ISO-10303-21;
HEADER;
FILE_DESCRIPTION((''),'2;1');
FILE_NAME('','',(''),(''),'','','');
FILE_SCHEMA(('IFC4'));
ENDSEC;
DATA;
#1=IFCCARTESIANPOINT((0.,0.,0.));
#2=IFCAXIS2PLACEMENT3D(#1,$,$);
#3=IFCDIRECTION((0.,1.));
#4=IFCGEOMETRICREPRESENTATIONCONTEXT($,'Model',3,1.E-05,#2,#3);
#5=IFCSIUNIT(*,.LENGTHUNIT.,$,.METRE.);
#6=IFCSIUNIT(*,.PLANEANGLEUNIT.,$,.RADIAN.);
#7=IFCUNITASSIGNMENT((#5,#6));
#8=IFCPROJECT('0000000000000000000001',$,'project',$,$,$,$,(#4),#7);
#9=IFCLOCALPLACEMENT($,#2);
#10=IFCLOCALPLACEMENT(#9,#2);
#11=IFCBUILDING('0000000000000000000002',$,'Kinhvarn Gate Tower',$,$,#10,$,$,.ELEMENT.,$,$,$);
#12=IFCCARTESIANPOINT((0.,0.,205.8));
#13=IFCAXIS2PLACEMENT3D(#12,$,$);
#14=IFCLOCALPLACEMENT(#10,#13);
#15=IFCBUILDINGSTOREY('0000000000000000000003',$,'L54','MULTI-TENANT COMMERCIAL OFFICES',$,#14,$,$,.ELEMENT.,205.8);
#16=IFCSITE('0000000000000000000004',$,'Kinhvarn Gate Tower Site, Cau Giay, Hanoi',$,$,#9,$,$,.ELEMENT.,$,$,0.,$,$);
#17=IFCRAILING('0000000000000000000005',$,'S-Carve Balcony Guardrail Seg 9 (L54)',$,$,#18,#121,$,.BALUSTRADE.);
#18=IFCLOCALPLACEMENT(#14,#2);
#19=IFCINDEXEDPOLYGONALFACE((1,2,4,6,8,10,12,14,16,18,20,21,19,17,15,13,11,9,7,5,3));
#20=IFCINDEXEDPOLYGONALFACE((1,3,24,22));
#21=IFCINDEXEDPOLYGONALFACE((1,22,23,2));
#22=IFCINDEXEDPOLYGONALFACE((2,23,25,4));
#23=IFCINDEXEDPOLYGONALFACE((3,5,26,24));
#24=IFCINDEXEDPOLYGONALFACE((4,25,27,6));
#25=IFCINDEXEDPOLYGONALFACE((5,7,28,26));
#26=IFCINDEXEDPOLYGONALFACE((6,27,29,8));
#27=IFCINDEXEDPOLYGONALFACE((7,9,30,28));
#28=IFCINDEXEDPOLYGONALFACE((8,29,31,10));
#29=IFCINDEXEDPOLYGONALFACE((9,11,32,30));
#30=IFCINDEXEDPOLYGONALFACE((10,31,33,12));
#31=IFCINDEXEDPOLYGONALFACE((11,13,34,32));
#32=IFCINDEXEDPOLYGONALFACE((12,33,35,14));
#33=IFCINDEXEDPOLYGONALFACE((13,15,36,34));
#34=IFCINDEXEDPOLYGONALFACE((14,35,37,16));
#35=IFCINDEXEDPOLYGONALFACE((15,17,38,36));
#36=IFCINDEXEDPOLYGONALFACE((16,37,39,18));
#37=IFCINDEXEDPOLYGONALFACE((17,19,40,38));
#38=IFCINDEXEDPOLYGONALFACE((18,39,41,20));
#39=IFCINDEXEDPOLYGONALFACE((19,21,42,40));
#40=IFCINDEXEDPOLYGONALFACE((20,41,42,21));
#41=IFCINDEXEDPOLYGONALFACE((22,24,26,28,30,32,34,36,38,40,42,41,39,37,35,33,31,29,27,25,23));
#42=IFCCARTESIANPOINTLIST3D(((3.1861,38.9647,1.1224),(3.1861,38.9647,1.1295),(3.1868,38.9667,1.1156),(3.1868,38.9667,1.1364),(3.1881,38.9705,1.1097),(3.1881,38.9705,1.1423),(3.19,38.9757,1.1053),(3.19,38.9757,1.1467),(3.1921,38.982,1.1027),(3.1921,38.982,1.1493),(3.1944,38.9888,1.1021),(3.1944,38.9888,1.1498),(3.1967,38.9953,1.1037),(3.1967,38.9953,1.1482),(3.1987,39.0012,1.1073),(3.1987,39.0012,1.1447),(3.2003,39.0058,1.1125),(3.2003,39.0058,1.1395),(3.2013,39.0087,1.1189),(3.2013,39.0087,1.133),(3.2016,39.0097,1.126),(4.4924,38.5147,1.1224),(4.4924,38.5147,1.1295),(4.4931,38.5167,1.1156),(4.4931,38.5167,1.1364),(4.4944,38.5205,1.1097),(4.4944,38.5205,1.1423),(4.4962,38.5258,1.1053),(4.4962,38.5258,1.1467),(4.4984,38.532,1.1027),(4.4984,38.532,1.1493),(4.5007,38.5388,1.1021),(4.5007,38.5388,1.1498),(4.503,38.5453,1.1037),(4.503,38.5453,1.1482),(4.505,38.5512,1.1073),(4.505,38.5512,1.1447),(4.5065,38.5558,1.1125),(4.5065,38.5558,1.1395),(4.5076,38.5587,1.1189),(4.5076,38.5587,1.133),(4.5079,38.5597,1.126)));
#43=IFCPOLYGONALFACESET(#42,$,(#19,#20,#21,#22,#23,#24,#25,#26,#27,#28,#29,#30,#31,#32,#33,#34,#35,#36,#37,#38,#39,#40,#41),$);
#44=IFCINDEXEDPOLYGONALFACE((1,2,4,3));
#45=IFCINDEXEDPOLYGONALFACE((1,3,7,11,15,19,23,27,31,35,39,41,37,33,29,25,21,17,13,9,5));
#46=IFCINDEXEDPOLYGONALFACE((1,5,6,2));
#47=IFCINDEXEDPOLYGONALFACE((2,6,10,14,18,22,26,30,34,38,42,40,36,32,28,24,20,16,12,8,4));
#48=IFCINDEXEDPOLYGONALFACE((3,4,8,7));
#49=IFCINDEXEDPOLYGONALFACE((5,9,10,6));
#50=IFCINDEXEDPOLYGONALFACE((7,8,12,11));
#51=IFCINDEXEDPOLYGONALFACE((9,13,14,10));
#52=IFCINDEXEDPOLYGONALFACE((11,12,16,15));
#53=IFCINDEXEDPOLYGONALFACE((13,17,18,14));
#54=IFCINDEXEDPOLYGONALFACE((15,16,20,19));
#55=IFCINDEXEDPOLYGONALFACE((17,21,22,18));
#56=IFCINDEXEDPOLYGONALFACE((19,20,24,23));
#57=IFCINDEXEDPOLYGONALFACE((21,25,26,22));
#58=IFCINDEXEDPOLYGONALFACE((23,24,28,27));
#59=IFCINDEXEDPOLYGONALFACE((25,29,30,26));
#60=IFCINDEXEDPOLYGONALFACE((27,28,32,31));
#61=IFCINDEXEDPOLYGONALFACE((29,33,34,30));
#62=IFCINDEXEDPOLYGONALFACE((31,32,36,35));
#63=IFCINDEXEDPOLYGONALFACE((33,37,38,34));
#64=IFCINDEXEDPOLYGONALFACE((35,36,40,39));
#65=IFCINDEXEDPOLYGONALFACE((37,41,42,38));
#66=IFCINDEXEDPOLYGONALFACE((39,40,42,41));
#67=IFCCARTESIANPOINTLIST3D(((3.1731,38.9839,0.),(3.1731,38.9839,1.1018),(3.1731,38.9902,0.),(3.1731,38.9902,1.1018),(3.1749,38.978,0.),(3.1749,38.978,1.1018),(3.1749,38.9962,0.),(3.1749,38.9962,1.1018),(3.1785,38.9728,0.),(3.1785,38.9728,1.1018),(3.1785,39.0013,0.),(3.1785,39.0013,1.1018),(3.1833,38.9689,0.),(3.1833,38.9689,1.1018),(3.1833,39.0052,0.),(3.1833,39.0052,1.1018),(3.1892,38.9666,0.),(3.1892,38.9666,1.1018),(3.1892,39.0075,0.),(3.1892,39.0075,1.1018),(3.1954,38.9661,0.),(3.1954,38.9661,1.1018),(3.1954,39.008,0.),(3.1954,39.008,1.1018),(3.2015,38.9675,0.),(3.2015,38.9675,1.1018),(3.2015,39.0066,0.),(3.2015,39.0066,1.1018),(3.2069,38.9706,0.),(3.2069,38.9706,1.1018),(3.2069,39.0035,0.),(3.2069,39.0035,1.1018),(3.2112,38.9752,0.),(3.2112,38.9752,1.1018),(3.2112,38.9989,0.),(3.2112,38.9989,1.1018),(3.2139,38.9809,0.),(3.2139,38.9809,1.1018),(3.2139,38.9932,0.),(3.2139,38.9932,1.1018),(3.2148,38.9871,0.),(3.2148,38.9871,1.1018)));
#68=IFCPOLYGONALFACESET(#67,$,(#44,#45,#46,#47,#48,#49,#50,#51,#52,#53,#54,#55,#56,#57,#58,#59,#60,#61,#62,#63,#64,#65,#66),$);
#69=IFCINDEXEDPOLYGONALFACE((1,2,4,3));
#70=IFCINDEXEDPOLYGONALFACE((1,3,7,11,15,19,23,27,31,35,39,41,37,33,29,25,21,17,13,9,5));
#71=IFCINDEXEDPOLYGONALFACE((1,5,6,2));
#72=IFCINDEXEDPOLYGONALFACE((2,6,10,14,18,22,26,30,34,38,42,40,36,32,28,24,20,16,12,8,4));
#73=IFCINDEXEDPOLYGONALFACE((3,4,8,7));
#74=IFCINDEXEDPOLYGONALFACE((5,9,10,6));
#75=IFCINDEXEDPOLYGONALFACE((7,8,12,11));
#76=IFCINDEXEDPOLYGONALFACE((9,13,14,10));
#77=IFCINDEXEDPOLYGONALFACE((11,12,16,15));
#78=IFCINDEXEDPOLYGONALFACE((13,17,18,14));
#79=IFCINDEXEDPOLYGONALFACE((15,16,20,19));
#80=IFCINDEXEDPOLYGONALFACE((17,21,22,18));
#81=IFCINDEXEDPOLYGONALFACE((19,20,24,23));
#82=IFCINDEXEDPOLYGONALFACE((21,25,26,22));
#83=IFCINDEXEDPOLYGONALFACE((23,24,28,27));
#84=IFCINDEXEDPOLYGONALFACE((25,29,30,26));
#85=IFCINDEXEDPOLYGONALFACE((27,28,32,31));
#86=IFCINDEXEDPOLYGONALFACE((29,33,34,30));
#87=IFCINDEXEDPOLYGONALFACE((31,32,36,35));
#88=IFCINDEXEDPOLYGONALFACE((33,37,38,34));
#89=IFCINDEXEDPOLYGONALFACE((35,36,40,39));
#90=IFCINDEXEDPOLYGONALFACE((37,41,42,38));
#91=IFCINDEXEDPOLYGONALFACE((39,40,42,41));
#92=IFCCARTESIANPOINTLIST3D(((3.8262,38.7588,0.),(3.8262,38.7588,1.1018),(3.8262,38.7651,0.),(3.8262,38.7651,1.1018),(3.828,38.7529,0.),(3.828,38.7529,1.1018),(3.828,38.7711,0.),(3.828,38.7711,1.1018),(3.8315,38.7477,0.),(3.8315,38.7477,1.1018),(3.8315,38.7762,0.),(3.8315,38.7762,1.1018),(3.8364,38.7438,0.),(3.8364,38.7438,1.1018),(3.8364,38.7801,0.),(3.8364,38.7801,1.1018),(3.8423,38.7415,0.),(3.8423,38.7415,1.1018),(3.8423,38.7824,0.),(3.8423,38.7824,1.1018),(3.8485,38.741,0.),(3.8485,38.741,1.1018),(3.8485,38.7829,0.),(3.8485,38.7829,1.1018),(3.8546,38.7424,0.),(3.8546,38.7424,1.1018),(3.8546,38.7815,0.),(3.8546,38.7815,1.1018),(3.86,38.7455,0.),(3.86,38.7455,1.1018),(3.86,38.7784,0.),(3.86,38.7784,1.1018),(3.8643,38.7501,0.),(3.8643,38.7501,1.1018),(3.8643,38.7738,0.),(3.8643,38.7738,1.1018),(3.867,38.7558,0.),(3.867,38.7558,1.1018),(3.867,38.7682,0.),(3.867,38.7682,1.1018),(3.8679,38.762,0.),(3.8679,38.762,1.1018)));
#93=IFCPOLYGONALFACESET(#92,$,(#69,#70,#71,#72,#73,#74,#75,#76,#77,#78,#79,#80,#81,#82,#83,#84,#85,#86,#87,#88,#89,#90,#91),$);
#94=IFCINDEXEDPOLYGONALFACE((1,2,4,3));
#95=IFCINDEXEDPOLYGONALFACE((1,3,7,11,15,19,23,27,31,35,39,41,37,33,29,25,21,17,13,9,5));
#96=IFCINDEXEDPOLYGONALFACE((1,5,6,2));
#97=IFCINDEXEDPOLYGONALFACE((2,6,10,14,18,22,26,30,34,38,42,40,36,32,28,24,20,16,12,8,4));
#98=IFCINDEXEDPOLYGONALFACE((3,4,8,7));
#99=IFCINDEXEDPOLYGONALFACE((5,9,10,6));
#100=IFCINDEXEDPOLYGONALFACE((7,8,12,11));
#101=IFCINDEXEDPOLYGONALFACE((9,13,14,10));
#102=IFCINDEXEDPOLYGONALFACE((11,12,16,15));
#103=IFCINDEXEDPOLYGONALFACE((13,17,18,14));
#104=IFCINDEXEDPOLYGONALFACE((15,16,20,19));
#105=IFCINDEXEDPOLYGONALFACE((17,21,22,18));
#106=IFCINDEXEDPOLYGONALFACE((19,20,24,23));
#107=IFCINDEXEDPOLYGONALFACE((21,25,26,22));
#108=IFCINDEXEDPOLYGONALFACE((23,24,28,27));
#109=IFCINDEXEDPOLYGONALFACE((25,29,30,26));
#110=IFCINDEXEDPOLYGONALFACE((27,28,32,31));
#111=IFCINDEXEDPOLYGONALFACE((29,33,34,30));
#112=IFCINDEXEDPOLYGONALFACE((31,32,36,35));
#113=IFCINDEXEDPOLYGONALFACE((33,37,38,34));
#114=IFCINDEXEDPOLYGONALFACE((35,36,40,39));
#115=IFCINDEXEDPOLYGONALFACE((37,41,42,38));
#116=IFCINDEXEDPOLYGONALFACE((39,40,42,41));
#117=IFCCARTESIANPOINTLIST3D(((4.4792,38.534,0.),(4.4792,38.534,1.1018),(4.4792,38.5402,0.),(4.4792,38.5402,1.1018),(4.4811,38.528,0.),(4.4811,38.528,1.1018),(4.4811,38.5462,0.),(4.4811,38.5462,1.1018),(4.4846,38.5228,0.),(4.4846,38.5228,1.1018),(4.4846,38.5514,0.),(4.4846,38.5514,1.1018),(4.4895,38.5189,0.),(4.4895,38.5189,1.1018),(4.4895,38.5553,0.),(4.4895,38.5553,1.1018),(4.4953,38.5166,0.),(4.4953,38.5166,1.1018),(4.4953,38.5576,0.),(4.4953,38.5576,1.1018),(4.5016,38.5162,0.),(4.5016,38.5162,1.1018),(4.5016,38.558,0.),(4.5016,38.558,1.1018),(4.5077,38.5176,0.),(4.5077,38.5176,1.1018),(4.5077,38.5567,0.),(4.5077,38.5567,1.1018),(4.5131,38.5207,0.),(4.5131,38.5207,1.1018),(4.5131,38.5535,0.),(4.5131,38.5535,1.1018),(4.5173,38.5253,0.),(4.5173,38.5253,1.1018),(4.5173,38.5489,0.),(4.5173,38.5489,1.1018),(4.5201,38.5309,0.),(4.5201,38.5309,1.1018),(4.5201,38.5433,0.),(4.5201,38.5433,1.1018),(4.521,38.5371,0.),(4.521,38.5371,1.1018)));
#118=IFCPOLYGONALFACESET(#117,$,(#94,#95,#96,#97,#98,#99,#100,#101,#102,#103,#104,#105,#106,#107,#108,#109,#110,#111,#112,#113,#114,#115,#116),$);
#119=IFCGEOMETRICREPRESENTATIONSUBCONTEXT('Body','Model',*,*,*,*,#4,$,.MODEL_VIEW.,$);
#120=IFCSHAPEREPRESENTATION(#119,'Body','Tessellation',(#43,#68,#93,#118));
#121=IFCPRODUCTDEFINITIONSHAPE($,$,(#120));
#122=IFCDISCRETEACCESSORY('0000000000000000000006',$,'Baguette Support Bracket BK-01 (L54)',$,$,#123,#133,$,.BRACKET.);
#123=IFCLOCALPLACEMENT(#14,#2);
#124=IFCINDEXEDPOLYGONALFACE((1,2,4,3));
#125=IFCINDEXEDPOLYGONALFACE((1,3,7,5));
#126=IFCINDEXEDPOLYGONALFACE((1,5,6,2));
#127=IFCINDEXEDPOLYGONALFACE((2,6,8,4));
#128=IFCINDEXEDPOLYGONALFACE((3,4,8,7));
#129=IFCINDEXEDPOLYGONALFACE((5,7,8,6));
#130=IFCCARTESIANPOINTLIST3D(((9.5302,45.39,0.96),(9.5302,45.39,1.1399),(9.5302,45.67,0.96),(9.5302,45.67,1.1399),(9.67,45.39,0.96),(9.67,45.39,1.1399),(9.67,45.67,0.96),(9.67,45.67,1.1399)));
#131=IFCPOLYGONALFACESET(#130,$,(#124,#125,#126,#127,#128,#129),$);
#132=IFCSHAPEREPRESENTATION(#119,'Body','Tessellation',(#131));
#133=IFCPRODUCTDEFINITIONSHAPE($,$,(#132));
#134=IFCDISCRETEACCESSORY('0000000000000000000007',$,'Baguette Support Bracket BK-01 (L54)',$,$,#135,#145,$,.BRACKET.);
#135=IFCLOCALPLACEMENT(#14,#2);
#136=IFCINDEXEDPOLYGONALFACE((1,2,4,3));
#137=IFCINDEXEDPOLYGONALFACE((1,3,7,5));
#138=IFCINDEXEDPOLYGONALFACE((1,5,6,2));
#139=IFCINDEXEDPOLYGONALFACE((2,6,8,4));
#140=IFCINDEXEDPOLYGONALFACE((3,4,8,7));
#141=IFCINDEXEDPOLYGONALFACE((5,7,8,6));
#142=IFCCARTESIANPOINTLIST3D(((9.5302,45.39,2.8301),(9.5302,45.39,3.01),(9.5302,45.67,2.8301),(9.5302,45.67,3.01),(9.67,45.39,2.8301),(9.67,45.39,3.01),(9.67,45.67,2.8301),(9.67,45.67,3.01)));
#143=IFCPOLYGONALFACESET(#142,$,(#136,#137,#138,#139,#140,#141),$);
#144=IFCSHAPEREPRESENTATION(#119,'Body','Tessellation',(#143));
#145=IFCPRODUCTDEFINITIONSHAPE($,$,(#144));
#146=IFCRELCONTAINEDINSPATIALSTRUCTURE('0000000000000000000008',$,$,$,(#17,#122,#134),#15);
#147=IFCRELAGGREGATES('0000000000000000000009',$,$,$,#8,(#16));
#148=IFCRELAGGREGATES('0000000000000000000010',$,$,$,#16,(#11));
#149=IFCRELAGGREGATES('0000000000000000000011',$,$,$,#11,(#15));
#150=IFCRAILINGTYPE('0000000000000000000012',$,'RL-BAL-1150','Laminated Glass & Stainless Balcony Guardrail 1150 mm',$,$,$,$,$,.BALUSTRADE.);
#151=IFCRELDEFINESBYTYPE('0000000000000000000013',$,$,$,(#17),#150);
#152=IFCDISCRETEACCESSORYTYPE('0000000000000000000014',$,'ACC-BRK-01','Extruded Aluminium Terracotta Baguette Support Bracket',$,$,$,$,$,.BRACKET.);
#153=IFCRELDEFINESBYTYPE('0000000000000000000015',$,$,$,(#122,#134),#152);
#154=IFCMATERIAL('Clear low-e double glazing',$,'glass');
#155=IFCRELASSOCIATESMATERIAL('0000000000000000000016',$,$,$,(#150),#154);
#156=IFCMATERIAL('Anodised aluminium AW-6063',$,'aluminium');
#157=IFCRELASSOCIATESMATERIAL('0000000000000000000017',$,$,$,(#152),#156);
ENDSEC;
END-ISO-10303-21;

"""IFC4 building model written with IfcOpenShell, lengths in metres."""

from ifc_helpers import new_model, si_unit, direction, frame, origin, origin_2d, place, context, subcontext, project, spatial, rectangle, circle, extrude, material, type_object, element, save


model = new_model("IFC4")

# Units and contexts
model_context = context("Model", 3, precision=1e-05, world=origin(), true_north=direction((0.0, 1.0)))
body_context = subcontext(model_context, "Body", "Model", "MODEL_VIEW")
ifc_project = project(units=[si_unit("LENGTHUNIT", "METRE"), si_unit("PLANEANGLEUNIT", "RADIAN")], contexts=[model_context])

# Site, building, storey
site_placement = place(None, origin())
site = spatial("IfcSite", under=ifc_project, at=site_placement, Name="Kinhvarn Gate Tower Site, Cau Giay, Hanoi", CompositionType="ELEMENT", RefElevation=0.0)
building_placement = place(site_placement, origin())
building = spatial("IfcBuilding", under=site, at=building_placement, Name="Kinhvarn Gate Tower", CompositionType="ELEMENT")
storey_placement = place(building_placement, frame((0.0, 0.0, 205.8)))
storey = spatial("IfcBuildingStorey", under=building, at=storey_placement, Name="L54", Description="MULTI-TENANT COMMERCIAL OFFICES", CompositionType="ELEMENT", Elevation=205.8)

# Shared definitions
ifc_material_1 = material(Name="Anodised aluminium AW-6063", Category="aluminium")

# Shared definitions
ifc_material_2 = material(Name="Clear low-e double glazing", Category="glass")

# Railing
railing_type = type_object("IfcRailingType", Name="RL-BAL-1150", Description="Laminated Glass & Stainless Balcony Guardrail 1150 mm", PredefinedType="BALUSTRADE", material=ifc_material_2)
railing_1_placement = place(storey_placement, frame((3.1938, 38.9871, 0.0)))
element("IfcRailing", 1, at=railing_1_placement, inside=storey, type_object=railing_type, Name="S-Carve Balcony Guardrail Seg 9 (L54)", PredefinedType="BALUSTRADE", context=body_context, shape_type="SweptSolid", body=[
    extrude(circle(Radius=0.0239, at=origin_2d()), frame((0.0, 0.0, 1.126), z_axis=(0.945472, -0.325702, 0.0), x_axis=(0.325702, 0.945472, 0.0)), (0.0, 0.0, 1.0), 1.3816),
    extrude(circle(Radius=0.021, at=origin_2d()), origin(), (0.0, 0.0, 1.0), 1.1018),
    extrude(circle(Radius=0.021, at=origin_2d()), frame((0.6531, -0.2251, 0.0)), (0.0, 0.0, 1.0), 1.1018),
    extrude(circle(Radius=0.021, at=origin_2d()), frame((1.3062, -0.45, 0.0)), (0.0, 0.0, 1.0), 1.1018),
])

# Discrete accessories
discrete_accessory_type = type_object("IfcDiscreteAccessoryType", Name="ACC-BRK-01", Description="Extruded Aluminium Terracotta Baguette Support Bracket", PredefinedType="BRACKET", material=ifc_material_1)
for number, where, z_axis, x_axis, name in (
    (2, (9.6001, 45.53, 0.96), (0.0, 0.0, 1.0), (-1.0, 0.0, 0.0), "Baguette Support Bracket BK-01 (L54)"),
    (3, (9.6001, 45.53, 2.8301), (0.0, 0.0, 1.0), (-1.0, 0.0, 0.0), "Baguette Support Bracket BK-01 (L54)"),
):
    element("IfcDiscreteAccessory", number, at=place(storey_placement, frame(where, z_axis=z_axis, x_axis=x_axis)), inside=storey, type_object=discrete_accessory_type, Name=name, PredefinedType="BRACKET", context=body_context, shape_type="SweptSolid", body=[
        extrude(rectangle(XDim=0.1399, YDim=0.28, at=origin_2d()), origin(), (0.0, 0.0, 1.0), 0.1799),
    ])

save(model, "model.ifc")
